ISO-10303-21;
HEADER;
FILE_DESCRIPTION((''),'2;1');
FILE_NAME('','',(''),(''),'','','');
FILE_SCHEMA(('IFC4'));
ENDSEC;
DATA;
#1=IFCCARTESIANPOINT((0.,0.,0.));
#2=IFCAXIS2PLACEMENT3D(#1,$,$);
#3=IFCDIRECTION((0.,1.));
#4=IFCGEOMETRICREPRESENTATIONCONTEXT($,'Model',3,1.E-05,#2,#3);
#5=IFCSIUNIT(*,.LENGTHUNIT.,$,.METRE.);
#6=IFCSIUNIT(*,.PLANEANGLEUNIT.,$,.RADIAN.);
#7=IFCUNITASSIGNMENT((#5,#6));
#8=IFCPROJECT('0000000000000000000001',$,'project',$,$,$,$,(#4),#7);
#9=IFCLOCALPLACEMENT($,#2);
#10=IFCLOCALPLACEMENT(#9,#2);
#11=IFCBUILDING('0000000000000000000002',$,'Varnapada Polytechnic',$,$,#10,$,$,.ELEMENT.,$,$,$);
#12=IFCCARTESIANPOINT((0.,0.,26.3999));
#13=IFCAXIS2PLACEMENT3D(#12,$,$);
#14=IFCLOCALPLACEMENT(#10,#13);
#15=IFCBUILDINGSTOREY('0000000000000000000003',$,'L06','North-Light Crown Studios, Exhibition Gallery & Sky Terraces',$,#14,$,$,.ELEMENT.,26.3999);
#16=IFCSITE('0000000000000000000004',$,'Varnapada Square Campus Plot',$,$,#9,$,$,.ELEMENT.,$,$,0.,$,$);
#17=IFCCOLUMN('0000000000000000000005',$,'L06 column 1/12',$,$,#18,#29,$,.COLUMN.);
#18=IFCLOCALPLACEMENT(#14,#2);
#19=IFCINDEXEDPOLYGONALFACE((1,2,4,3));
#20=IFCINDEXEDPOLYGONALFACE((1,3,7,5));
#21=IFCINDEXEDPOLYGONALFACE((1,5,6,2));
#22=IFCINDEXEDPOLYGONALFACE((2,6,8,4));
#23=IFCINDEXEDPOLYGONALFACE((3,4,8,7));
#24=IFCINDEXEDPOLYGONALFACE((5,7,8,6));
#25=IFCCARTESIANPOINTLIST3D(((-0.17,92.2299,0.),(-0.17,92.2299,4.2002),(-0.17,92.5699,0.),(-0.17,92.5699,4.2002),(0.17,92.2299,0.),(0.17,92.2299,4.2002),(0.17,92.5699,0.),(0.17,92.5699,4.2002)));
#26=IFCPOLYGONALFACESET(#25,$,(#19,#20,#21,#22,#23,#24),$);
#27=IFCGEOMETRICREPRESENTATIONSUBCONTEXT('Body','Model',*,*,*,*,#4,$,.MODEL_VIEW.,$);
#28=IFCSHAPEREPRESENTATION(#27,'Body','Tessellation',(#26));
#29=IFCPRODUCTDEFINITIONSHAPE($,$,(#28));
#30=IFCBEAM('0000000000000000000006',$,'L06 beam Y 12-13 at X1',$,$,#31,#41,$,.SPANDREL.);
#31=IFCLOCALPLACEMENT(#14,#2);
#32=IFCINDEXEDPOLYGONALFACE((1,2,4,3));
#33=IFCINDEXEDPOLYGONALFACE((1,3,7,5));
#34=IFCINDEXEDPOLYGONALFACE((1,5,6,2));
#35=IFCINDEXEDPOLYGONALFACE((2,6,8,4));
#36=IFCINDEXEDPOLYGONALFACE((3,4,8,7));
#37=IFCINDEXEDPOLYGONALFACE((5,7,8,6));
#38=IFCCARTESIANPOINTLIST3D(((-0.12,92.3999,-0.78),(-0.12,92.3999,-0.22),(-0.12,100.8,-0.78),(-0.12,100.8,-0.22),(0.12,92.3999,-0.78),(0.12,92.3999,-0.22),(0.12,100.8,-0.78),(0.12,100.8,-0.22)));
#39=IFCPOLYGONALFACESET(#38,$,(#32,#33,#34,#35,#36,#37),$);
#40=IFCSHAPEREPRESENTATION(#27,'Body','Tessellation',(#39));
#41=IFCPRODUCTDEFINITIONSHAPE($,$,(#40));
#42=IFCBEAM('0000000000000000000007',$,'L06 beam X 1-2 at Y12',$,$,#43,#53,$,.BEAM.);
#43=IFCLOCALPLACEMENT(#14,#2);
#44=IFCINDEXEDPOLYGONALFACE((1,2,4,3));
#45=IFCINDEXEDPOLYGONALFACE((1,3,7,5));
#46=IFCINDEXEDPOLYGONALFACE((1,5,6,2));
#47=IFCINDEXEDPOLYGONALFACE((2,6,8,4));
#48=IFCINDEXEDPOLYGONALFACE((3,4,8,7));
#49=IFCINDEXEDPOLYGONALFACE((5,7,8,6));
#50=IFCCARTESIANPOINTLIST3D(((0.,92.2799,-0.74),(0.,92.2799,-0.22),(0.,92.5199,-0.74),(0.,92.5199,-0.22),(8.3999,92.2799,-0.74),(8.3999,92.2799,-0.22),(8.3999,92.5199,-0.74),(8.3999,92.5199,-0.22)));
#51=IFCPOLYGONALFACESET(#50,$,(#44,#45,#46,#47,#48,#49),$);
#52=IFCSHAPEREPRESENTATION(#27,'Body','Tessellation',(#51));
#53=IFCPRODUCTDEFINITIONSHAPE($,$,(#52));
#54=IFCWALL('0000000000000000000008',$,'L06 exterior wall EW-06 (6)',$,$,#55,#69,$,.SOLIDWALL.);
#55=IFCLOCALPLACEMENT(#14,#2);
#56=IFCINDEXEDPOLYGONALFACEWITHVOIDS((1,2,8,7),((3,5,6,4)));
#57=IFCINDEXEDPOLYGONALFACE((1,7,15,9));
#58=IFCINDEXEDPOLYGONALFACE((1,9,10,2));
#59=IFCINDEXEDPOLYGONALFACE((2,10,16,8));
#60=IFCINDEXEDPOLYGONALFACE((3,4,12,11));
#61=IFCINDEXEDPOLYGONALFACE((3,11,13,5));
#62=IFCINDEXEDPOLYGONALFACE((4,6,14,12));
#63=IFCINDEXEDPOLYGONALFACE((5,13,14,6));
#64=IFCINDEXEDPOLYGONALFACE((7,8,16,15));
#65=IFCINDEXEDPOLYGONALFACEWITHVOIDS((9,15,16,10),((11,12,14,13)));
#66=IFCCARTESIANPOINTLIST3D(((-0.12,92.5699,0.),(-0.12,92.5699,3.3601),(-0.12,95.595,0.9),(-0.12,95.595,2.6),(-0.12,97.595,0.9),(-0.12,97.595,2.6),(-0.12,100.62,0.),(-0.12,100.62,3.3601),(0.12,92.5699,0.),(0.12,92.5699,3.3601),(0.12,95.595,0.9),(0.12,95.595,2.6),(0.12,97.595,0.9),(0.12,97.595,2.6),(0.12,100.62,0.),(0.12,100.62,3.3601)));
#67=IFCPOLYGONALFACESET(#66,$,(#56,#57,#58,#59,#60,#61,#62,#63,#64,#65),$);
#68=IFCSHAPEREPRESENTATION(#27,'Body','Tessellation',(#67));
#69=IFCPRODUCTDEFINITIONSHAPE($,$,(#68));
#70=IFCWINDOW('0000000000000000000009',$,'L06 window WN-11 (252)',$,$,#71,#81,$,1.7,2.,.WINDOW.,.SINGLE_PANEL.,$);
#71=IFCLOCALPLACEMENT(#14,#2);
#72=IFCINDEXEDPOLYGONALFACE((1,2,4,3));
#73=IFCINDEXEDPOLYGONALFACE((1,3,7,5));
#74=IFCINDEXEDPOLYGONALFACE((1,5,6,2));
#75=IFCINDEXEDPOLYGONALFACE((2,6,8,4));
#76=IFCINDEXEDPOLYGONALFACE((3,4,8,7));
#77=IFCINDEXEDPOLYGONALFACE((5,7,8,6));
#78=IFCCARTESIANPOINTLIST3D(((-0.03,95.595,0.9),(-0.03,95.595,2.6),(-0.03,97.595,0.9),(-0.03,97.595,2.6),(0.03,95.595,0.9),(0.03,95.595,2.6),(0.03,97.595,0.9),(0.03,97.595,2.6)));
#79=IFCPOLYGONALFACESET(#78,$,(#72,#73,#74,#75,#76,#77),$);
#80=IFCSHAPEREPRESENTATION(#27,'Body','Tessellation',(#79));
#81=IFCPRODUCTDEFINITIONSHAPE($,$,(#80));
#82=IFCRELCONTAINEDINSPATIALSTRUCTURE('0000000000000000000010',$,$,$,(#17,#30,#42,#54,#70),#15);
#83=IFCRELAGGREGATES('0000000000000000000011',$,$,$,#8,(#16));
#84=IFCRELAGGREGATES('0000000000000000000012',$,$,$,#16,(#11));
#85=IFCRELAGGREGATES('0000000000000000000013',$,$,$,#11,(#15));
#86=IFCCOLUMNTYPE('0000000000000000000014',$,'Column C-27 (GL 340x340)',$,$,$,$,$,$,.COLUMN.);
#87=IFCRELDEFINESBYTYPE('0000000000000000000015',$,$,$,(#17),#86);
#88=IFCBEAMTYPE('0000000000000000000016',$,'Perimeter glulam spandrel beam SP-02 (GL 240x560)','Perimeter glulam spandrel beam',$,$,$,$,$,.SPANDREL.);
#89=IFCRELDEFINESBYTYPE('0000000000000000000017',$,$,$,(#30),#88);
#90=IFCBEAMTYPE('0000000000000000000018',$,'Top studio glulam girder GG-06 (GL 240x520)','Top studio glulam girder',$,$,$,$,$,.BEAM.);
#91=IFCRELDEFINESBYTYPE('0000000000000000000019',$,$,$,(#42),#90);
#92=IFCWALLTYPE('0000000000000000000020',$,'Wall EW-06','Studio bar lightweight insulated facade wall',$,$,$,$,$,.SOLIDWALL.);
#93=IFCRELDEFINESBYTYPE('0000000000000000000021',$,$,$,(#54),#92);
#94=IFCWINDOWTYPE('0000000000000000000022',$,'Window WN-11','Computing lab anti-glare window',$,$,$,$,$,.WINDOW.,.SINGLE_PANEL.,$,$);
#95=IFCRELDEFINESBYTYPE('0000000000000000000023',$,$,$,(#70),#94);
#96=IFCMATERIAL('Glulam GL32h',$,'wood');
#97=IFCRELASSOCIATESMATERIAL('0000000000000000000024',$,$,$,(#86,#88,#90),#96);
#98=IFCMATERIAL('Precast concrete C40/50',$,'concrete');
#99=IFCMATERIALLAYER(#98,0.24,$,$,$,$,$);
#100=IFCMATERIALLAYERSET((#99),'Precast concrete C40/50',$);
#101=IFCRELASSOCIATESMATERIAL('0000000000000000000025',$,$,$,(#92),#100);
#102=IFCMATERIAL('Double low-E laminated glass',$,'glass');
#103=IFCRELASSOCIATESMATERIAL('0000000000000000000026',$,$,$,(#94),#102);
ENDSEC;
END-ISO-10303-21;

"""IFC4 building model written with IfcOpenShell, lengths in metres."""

from ifc_helpers import new_model, si_unit, direction, frame, frame_2d, origin, origin_2d, place, context, subcontext, project, spatial, rectangle, extrude, material, layer, layer_set, material_profile, profile_set, type_object, element, fill, save


model = new_model("IFC4")

# Units and contexts
model_context = context("Model", 3, precision=1e-05, world=origin(), true_north=direction((0.0, 1.0)))
body_context = subcontext(model_context, "Body", "Model", "MODEL_VIEW")
ifc_project = project(units=[si_unit("LENGTHUNIT", "METRE"), si_unit("PLANEANGLEUNIT", "RADIAN")], contexts=[model_context])

# Site, building, storey
site_placement = place(None, origin())
site = spatial("IfcSite", under=ifc_project, at=site_placement, Name="Varnapada Square Campus Plot", CompositionType="ELEMENT", RefElevation=0.0)
building_placement = place(site_placement, origin())
building = spatial("IfcBuilding", under=site, at=building_placement, Name="Varnapada Polytechnic", CompositionType="ELEMENT")
storey_placement = place(building_placement, frame((0.0, 0.0, 26.3999)))
storey = spatial("IfcBuildingStorey", under=building, at=storey_placement, Name="L06", Description="North-Light Crown Studios, Exhibition Gallery & Sky Terraces", CompositionType="ELEMENT", Elevation=26.3999)

# Column
ifc_material_1 = material(Name="Glulam GL32h", Category="wood")
ifc_material_profile_1 = material_profile(ifc_material_1, rectangle(XDim=0.3401, YDim=0.3401, at=origin_2d()), Name="GL 340x340")
ifc_profile_set_1 = profile_set([ifc_material_profile_1], Name="Glulam GL32h")
column_type = type_object("IfcColumnType", Name="Column C-27 (GL 340x340)", PredefinedType="COLUMN", material=ifc_profile_set_1)
column_placement = place(storey_placement, frame((0.0, 92.3999, 0.0), z_axis=(0.0, 0.0, 1.0), x_axis=(1.0, 0.0, 0.0)))
element("IfcColumn", 1, at=column_placement, inside=storey, type_object=column_type, Name="L06 column 1/12", PredefinedType="COLUMN", context=body_context, shape_type="SweptSolid", body=[
    extrude(rectangle(XDim=0.3401, YDim=0.3401, at=origin_2d()), origin(), (0.0, 0.0, 1.0), 4.2002),
])

# Beams
ifc_material_profile_2 = material_profile(ifc_material_1, rectangle(XDim=0.24, YDim=0.5601, at=origin_2d()), Name="GL 240x560")
ifc_profile_set_2 = profile_set([ifc_material_profile_2], Name="Glulam GL32h")
beam_type_1 = type_object("IfcBeamType", Name="Perimeter glulam spandrel beam SP-02 (GL 240x560)", Description="Perimeter glulam spandrel beam", PredefinedType="SPANDREL", material=ifc_profile_set_2)
beam_1_placement = place(storey_placement, frame((0.0, 92.3999, -0.5), z_axis=(0.0, 1.0, 0.0), x_axis=(-1.0, 0.0, 0.0)))
element("IfcBeam", 2, at=beam_1_placement, inside=storey, type_object=beam_type_1, Name="L06 beam Y 12-13 at X1", PredefinedType="SPANDREL", context=body_context, shape_type="SweptSolid", body=[
    extrude(rectangle(XDim=0.24, YDim=0.5601, at=origin_2d()), origin(), (0.0, 0.0, 1.0), 8.4001),
])
ifc_material_profile_3 = material_profile(ifc_material_1, rectangle(XDim=0.24, YDim=0.52, at=origin_2d()), Name="GL 240x520")
ifc_profile_set_3 = profile_set([ifc_material_profile_3], Name="Glulam GL32h")
beam_type_2 = type_object("IfcBeamType", Name="Top studio glulam girder GG-06 (GL 240x520)", Description="Top studio glulam girder", PredefinedType="BEAM", material=ifc_profile_set_3)
beam_2_placement = place(storey_placement, frame((0.0, 92.3999, -0.48), z_axis=(1.0, 0.0, 0.0), x_axis=(0.0, 1.0, 0.0)))
element("IfcBeam", 3, at=beam_2_placement, inside=storey, type_object=beam_type_2, Name="L06 beam X 1-2 at Y12", PredefinedType="BEAM", context=body_context, shape_type="SweptSolid", body=[
    extrude(rectangle(XDim=0.24, YDim=0.52, at=origin_2d()), origin(), (0.0, 0.0, 1.0), 8.3999),
])

# Wall, opening, window
ifc_material_2 = material(Name="Precast concrete C40/50", Category="concrete")
ifc_layer_1 = layer(ifc_material_2, 0.24)
ifc_layer_set_1 = layer_set([ifc_layer_1], Name="Precast concrete C40/50")
wall_type = type_object("IfcWallType", Name="Wall EW-06", Description="Studio bar lightweight insulated facade wall", PredefinedType="SOLIDWALL", material=ifc_layer_set_1)
wall_placement = place(storey_placement, frame((0.0, 92.5701, 0.0), z_axis=(0.0, 0.0, 1.0), x_axis=(0.0, 1.0, 0.0)))
wall = element("IfcWall", 4, at=wall_placement, inside=storey, type_object=wall_type, Name="L06 exterior wall EW-06 (6)", PredefinedType="SOLIDWALL", context=body_context, shape_type="SweptSolid", body=[
    extrude(rectangle(XDim=8.05, YDim=0.24, at=frame_2d((4.0249, 0.0))), origin(), (0.0, 0.0, 1.0), 3.3601),
])
opening_1_placement = place(wall_placement, frame((3.0249, 0.0, 0.8999)))
opening_1 = element("IfcOpeningElement", 5, at=opening_1_placement, cuts=wall, PredefinedType="OPENING", context=body_context, shape_type="SweptSolid", body=[
    extrude(rectangle(XDim=2.0, YDim=1.7, at=frame_2d((1.0, 0.8501))), frame((0.0, 0.1299, 0.0), z_axis=(0.0, -1.0, 0.0), x_axis=(1.0, 0.0, 0.0)), (0.0, 0.0, 1.0), 0.26),
])
ifc_material_3 = material(Name="Double low-E laminated glass", Category="glass")
window_type = type_object("IfcWindowType", Name="Window WN-11", Description="Computing lab anti-glare window", PartitioningType="SINGLE_PANEL", PredefinedType="WINDOW", material=ifc_material_3)
window_placement = place(opening_1_placement, origin())
window = element("IfcWindow", 6, at=window_placement, inside=storey, type_object=window_type, Name="L06 window WN-11 (252)", OverallHeight=1.7, OverallWidth=2.0, PartitioningType="SINGLE_PANEL", PredefinedType="WINDOW", context=body_context, shape_type="SweptSolid", body=[
    extrude(rectangle(XDim=2.0, YDim=1.7, at=frame_2d((1.0, 0.8501))), frame((0.0, 0.03, 0.0), z_axis=(0.0, -1.0, 0.0), x_axis=(1.0, 0.0, 0.0)), (0.0, 0.0, 1.0), 0.0601),
])
fill(opening_1, window)

save(model, "model.ifc")
